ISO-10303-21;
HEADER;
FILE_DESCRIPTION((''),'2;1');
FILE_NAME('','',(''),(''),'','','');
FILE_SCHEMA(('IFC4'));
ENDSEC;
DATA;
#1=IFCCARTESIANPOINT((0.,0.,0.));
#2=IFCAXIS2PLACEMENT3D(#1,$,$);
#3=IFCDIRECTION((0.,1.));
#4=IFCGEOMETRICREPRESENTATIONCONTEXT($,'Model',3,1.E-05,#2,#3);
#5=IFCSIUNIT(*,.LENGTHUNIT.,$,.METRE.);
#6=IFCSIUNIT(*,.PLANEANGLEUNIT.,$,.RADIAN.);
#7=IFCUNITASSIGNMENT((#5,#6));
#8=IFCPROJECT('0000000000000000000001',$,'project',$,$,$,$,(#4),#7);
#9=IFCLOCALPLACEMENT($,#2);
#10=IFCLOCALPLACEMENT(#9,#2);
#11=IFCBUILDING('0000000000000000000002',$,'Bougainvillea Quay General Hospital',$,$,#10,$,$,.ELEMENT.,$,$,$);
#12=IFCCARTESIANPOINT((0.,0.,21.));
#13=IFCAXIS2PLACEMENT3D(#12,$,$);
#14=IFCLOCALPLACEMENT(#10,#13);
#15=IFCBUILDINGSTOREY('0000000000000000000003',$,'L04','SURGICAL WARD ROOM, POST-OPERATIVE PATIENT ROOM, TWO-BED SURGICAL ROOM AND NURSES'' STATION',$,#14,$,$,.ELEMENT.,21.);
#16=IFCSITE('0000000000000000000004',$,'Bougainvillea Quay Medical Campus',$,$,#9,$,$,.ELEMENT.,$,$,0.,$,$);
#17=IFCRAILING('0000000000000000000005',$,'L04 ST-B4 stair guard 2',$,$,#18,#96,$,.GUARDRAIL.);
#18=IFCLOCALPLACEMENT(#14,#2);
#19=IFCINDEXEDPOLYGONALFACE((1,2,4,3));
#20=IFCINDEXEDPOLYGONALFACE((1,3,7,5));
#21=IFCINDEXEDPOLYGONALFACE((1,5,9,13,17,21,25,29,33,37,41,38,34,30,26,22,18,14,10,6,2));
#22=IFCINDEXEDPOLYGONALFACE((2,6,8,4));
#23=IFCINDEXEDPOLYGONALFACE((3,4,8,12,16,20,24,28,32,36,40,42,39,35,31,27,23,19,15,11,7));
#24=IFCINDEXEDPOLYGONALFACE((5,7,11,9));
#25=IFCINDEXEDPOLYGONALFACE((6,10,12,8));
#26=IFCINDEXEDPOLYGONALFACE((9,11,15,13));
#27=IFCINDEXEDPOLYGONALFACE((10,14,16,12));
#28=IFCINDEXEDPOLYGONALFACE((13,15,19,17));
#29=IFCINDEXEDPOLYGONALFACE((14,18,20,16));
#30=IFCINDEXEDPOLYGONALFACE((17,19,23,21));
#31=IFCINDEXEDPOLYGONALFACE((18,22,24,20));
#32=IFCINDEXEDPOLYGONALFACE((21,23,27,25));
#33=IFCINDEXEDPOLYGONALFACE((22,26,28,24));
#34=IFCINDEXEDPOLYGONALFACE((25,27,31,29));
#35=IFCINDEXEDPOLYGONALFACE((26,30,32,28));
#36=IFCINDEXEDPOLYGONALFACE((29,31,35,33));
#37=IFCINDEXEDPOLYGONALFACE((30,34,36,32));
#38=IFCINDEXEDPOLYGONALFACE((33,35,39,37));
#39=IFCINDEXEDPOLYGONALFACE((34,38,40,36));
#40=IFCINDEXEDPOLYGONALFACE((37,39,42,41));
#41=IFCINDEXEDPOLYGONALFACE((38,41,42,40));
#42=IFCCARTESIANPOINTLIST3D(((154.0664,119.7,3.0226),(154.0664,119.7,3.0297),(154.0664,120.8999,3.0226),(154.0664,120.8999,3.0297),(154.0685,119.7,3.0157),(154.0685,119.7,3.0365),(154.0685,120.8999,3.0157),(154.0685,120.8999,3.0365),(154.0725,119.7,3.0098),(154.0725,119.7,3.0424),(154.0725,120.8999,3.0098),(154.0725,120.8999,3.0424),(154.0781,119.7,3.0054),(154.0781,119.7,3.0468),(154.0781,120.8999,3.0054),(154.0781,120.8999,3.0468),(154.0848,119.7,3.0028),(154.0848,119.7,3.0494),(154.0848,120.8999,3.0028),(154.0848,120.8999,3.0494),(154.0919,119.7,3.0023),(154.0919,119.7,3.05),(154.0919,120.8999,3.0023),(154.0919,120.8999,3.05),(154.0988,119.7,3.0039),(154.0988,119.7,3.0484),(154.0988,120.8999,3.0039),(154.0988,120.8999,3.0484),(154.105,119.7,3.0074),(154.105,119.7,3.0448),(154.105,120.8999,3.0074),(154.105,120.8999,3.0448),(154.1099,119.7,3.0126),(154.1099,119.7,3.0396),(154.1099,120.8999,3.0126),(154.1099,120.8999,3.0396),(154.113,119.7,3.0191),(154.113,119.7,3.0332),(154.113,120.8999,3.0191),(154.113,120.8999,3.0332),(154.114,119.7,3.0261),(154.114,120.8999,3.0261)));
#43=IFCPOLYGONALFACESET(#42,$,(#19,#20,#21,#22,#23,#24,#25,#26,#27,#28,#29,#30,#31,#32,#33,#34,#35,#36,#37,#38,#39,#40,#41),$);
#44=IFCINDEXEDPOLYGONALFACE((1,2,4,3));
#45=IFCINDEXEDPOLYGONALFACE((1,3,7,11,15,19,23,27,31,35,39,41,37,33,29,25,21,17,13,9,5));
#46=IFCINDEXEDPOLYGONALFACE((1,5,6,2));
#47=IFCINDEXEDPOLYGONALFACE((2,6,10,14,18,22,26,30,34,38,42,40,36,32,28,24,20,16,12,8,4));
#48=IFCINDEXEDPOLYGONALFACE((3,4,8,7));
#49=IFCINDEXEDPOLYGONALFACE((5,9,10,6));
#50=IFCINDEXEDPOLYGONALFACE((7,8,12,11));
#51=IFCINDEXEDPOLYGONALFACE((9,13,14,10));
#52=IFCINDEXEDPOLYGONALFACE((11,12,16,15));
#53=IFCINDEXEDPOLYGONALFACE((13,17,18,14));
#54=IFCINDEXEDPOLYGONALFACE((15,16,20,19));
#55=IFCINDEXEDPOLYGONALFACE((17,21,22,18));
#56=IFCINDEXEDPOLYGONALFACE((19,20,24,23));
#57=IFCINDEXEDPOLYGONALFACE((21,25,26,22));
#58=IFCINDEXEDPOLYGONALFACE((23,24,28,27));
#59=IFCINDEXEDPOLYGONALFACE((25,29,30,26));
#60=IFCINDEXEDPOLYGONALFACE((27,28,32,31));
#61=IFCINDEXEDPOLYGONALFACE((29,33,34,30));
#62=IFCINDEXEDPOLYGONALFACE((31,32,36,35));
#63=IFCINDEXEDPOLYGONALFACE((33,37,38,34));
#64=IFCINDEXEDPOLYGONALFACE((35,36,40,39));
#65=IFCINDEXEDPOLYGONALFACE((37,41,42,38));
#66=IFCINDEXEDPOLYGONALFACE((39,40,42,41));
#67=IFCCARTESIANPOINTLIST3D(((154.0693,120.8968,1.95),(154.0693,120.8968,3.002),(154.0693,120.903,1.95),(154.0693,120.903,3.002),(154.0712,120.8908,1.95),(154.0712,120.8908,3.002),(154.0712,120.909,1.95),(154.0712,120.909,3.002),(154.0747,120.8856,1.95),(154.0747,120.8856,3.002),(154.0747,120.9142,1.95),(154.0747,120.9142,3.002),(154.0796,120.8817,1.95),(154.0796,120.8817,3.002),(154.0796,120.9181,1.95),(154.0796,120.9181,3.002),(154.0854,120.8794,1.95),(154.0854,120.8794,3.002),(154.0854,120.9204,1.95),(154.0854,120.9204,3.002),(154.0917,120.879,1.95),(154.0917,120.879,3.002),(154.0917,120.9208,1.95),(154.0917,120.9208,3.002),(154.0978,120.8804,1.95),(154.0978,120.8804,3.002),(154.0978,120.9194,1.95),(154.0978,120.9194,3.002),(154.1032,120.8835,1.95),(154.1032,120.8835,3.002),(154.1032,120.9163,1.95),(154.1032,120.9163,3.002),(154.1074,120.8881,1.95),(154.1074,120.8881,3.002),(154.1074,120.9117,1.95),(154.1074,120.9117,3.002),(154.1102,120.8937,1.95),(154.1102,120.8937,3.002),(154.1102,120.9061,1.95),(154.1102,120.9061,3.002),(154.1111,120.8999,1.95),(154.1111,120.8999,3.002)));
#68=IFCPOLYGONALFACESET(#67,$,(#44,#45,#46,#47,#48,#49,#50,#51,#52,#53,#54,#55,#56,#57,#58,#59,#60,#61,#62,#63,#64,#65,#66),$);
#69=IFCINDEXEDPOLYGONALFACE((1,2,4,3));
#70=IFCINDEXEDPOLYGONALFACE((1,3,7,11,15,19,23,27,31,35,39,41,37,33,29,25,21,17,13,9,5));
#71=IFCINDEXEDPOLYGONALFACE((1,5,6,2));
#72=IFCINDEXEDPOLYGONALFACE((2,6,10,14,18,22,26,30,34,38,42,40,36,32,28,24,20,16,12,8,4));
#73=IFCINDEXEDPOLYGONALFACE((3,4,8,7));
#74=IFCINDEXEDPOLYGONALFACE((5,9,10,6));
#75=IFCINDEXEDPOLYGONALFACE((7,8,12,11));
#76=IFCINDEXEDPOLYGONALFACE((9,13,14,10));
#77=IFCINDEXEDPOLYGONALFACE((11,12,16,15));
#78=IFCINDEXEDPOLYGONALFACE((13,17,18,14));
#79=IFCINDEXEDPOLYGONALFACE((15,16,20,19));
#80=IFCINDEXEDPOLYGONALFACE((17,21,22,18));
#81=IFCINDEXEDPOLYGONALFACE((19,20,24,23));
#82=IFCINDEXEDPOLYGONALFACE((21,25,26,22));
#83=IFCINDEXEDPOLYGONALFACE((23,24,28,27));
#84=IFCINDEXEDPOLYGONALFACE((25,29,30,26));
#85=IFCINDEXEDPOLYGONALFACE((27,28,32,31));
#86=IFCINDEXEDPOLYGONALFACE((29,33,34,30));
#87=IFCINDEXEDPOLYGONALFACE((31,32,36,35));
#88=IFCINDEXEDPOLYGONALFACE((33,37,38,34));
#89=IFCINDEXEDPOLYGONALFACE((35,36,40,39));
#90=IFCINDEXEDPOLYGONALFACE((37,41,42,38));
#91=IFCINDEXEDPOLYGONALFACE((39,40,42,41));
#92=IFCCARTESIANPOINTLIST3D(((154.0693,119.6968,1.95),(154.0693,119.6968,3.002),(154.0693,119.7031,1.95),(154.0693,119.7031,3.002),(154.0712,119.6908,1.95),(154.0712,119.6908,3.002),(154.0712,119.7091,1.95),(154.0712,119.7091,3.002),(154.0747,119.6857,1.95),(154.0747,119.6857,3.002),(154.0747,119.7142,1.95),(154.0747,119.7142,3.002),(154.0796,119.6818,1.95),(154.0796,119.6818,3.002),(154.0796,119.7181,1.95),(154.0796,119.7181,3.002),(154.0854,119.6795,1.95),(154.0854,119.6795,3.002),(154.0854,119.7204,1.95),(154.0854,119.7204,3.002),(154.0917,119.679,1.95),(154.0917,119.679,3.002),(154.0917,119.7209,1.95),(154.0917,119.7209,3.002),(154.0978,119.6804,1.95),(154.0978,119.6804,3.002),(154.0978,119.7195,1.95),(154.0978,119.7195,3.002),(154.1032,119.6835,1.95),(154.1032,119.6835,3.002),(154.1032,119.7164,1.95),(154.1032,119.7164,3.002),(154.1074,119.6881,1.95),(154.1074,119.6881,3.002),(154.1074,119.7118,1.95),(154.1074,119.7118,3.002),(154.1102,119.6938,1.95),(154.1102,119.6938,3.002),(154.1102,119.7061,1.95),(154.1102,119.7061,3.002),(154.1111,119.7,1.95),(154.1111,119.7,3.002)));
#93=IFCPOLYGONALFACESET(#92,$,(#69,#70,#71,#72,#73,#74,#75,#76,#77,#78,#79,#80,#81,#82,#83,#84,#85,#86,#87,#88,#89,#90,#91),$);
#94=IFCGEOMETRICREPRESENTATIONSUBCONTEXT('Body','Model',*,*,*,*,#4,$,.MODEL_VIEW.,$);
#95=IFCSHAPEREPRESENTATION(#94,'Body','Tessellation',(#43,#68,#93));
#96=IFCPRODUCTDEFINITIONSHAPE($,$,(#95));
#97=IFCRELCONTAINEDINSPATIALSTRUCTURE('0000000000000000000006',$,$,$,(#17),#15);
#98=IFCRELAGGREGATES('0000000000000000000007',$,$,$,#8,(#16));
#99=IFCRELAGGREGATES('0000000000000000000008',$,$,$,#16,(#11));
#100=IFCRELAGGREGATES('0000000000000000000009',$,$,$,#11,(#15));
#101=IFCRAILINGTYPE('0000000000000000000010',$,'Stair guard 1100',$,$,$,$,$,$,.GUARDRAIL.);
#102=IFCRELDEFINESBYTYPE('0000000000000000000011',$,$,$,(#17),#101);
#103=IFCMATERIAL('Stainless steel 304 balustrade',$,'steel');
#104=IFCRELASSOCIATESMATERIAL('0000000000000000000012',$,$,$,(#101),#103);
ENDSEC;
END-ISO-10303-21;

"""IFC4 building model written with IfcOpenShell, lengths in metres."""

from ifc_helpers import new_model, si_unit, direction, frame, origin, origin_2d, place, context, subcontext, project, spatial, circle, extrude, material, type_object, element, save


model = new_model("IFC4")

# Units and contexts
model_context = context("Model", 3, precision=1e-05, world=origin(), true_north=direction((0.0, 1.0)))
body_context = subcontext(model_context, "Body", "Model", "MODEL_VIEW")
ifc_project = project(units=[si_unit("LENGTHUNIT", "METRE"), si_unit("PLANEANGLEUNIT", "RADIAN")], contexts=[model_context])

# Site, building, storey
site_placement = place(None, origin())
site = spatial("IfcSite", under=ifc_project, at=site_placement, Name="Bougainvillea Quay Medical Campus", CompositionType="ELEMENT", RefElevation=0.0)
building_placement = place(site_placement, origin())
building = spatial("IfcBuilding", under=site, at=building_placement, Name="Bougainvillea Quay General Hospital", CompositionType="ELEMENT")
storey_placement = place(building_placement, frame((0.0, 0.0, 21.0)))
storey = spatial("IfcBuildingStorey", under=building, at=storey_placement, Name="L04", Description="SURGICAL WARD ROOM, POST-OPERATIVE PATIENT ROOM, TWO-BED SURGICAL ROOM AND NURSES' STATION", CompositionType="ELEMENT", Elevation=21.0)

# Railing
ifc_material_1 = material(Name="Stainless steel 304 balustrade", Category="steel")
railing_type_1 = type_object("IfcRailingType", Name="Stair guard 1100", PredefinedType="GUARDRAIL", material=ifc_material_1)
railing_1_placement = place(storey_placement, frame((154.0901, 120.8999, 1.95)))
element("IfcRailing", 1, at=railing_1_placement, inside=storey, type_object=railing_type_1, Name="L04 ST-B4 stair guard 2", PredefinedType="GUARDRAIL", context=body_context, shape_type="SweptSolid", body=[
    extrude(circle(Radius=0.0239, at=origin_2d()), frame((0.0, 0.0, 1.0762), z_axis=(0.0, -1.0, 0.0), x_axis=(1.0, 0.0, 0.0)), (0.0, 0.0, 1.0), 1.2),
    extrude(circle(Radius=0.021, at=origin_2d()), origin(), (0.0, 0.0, 1.0), 1.052),
    extrude(circle(Radius=0.021, at=origin_2d()), frame((0.0, -1.2, 0.0)), (0.0, 0.0, 1.0), 1.052),
])

save(model, "model.ifc")
